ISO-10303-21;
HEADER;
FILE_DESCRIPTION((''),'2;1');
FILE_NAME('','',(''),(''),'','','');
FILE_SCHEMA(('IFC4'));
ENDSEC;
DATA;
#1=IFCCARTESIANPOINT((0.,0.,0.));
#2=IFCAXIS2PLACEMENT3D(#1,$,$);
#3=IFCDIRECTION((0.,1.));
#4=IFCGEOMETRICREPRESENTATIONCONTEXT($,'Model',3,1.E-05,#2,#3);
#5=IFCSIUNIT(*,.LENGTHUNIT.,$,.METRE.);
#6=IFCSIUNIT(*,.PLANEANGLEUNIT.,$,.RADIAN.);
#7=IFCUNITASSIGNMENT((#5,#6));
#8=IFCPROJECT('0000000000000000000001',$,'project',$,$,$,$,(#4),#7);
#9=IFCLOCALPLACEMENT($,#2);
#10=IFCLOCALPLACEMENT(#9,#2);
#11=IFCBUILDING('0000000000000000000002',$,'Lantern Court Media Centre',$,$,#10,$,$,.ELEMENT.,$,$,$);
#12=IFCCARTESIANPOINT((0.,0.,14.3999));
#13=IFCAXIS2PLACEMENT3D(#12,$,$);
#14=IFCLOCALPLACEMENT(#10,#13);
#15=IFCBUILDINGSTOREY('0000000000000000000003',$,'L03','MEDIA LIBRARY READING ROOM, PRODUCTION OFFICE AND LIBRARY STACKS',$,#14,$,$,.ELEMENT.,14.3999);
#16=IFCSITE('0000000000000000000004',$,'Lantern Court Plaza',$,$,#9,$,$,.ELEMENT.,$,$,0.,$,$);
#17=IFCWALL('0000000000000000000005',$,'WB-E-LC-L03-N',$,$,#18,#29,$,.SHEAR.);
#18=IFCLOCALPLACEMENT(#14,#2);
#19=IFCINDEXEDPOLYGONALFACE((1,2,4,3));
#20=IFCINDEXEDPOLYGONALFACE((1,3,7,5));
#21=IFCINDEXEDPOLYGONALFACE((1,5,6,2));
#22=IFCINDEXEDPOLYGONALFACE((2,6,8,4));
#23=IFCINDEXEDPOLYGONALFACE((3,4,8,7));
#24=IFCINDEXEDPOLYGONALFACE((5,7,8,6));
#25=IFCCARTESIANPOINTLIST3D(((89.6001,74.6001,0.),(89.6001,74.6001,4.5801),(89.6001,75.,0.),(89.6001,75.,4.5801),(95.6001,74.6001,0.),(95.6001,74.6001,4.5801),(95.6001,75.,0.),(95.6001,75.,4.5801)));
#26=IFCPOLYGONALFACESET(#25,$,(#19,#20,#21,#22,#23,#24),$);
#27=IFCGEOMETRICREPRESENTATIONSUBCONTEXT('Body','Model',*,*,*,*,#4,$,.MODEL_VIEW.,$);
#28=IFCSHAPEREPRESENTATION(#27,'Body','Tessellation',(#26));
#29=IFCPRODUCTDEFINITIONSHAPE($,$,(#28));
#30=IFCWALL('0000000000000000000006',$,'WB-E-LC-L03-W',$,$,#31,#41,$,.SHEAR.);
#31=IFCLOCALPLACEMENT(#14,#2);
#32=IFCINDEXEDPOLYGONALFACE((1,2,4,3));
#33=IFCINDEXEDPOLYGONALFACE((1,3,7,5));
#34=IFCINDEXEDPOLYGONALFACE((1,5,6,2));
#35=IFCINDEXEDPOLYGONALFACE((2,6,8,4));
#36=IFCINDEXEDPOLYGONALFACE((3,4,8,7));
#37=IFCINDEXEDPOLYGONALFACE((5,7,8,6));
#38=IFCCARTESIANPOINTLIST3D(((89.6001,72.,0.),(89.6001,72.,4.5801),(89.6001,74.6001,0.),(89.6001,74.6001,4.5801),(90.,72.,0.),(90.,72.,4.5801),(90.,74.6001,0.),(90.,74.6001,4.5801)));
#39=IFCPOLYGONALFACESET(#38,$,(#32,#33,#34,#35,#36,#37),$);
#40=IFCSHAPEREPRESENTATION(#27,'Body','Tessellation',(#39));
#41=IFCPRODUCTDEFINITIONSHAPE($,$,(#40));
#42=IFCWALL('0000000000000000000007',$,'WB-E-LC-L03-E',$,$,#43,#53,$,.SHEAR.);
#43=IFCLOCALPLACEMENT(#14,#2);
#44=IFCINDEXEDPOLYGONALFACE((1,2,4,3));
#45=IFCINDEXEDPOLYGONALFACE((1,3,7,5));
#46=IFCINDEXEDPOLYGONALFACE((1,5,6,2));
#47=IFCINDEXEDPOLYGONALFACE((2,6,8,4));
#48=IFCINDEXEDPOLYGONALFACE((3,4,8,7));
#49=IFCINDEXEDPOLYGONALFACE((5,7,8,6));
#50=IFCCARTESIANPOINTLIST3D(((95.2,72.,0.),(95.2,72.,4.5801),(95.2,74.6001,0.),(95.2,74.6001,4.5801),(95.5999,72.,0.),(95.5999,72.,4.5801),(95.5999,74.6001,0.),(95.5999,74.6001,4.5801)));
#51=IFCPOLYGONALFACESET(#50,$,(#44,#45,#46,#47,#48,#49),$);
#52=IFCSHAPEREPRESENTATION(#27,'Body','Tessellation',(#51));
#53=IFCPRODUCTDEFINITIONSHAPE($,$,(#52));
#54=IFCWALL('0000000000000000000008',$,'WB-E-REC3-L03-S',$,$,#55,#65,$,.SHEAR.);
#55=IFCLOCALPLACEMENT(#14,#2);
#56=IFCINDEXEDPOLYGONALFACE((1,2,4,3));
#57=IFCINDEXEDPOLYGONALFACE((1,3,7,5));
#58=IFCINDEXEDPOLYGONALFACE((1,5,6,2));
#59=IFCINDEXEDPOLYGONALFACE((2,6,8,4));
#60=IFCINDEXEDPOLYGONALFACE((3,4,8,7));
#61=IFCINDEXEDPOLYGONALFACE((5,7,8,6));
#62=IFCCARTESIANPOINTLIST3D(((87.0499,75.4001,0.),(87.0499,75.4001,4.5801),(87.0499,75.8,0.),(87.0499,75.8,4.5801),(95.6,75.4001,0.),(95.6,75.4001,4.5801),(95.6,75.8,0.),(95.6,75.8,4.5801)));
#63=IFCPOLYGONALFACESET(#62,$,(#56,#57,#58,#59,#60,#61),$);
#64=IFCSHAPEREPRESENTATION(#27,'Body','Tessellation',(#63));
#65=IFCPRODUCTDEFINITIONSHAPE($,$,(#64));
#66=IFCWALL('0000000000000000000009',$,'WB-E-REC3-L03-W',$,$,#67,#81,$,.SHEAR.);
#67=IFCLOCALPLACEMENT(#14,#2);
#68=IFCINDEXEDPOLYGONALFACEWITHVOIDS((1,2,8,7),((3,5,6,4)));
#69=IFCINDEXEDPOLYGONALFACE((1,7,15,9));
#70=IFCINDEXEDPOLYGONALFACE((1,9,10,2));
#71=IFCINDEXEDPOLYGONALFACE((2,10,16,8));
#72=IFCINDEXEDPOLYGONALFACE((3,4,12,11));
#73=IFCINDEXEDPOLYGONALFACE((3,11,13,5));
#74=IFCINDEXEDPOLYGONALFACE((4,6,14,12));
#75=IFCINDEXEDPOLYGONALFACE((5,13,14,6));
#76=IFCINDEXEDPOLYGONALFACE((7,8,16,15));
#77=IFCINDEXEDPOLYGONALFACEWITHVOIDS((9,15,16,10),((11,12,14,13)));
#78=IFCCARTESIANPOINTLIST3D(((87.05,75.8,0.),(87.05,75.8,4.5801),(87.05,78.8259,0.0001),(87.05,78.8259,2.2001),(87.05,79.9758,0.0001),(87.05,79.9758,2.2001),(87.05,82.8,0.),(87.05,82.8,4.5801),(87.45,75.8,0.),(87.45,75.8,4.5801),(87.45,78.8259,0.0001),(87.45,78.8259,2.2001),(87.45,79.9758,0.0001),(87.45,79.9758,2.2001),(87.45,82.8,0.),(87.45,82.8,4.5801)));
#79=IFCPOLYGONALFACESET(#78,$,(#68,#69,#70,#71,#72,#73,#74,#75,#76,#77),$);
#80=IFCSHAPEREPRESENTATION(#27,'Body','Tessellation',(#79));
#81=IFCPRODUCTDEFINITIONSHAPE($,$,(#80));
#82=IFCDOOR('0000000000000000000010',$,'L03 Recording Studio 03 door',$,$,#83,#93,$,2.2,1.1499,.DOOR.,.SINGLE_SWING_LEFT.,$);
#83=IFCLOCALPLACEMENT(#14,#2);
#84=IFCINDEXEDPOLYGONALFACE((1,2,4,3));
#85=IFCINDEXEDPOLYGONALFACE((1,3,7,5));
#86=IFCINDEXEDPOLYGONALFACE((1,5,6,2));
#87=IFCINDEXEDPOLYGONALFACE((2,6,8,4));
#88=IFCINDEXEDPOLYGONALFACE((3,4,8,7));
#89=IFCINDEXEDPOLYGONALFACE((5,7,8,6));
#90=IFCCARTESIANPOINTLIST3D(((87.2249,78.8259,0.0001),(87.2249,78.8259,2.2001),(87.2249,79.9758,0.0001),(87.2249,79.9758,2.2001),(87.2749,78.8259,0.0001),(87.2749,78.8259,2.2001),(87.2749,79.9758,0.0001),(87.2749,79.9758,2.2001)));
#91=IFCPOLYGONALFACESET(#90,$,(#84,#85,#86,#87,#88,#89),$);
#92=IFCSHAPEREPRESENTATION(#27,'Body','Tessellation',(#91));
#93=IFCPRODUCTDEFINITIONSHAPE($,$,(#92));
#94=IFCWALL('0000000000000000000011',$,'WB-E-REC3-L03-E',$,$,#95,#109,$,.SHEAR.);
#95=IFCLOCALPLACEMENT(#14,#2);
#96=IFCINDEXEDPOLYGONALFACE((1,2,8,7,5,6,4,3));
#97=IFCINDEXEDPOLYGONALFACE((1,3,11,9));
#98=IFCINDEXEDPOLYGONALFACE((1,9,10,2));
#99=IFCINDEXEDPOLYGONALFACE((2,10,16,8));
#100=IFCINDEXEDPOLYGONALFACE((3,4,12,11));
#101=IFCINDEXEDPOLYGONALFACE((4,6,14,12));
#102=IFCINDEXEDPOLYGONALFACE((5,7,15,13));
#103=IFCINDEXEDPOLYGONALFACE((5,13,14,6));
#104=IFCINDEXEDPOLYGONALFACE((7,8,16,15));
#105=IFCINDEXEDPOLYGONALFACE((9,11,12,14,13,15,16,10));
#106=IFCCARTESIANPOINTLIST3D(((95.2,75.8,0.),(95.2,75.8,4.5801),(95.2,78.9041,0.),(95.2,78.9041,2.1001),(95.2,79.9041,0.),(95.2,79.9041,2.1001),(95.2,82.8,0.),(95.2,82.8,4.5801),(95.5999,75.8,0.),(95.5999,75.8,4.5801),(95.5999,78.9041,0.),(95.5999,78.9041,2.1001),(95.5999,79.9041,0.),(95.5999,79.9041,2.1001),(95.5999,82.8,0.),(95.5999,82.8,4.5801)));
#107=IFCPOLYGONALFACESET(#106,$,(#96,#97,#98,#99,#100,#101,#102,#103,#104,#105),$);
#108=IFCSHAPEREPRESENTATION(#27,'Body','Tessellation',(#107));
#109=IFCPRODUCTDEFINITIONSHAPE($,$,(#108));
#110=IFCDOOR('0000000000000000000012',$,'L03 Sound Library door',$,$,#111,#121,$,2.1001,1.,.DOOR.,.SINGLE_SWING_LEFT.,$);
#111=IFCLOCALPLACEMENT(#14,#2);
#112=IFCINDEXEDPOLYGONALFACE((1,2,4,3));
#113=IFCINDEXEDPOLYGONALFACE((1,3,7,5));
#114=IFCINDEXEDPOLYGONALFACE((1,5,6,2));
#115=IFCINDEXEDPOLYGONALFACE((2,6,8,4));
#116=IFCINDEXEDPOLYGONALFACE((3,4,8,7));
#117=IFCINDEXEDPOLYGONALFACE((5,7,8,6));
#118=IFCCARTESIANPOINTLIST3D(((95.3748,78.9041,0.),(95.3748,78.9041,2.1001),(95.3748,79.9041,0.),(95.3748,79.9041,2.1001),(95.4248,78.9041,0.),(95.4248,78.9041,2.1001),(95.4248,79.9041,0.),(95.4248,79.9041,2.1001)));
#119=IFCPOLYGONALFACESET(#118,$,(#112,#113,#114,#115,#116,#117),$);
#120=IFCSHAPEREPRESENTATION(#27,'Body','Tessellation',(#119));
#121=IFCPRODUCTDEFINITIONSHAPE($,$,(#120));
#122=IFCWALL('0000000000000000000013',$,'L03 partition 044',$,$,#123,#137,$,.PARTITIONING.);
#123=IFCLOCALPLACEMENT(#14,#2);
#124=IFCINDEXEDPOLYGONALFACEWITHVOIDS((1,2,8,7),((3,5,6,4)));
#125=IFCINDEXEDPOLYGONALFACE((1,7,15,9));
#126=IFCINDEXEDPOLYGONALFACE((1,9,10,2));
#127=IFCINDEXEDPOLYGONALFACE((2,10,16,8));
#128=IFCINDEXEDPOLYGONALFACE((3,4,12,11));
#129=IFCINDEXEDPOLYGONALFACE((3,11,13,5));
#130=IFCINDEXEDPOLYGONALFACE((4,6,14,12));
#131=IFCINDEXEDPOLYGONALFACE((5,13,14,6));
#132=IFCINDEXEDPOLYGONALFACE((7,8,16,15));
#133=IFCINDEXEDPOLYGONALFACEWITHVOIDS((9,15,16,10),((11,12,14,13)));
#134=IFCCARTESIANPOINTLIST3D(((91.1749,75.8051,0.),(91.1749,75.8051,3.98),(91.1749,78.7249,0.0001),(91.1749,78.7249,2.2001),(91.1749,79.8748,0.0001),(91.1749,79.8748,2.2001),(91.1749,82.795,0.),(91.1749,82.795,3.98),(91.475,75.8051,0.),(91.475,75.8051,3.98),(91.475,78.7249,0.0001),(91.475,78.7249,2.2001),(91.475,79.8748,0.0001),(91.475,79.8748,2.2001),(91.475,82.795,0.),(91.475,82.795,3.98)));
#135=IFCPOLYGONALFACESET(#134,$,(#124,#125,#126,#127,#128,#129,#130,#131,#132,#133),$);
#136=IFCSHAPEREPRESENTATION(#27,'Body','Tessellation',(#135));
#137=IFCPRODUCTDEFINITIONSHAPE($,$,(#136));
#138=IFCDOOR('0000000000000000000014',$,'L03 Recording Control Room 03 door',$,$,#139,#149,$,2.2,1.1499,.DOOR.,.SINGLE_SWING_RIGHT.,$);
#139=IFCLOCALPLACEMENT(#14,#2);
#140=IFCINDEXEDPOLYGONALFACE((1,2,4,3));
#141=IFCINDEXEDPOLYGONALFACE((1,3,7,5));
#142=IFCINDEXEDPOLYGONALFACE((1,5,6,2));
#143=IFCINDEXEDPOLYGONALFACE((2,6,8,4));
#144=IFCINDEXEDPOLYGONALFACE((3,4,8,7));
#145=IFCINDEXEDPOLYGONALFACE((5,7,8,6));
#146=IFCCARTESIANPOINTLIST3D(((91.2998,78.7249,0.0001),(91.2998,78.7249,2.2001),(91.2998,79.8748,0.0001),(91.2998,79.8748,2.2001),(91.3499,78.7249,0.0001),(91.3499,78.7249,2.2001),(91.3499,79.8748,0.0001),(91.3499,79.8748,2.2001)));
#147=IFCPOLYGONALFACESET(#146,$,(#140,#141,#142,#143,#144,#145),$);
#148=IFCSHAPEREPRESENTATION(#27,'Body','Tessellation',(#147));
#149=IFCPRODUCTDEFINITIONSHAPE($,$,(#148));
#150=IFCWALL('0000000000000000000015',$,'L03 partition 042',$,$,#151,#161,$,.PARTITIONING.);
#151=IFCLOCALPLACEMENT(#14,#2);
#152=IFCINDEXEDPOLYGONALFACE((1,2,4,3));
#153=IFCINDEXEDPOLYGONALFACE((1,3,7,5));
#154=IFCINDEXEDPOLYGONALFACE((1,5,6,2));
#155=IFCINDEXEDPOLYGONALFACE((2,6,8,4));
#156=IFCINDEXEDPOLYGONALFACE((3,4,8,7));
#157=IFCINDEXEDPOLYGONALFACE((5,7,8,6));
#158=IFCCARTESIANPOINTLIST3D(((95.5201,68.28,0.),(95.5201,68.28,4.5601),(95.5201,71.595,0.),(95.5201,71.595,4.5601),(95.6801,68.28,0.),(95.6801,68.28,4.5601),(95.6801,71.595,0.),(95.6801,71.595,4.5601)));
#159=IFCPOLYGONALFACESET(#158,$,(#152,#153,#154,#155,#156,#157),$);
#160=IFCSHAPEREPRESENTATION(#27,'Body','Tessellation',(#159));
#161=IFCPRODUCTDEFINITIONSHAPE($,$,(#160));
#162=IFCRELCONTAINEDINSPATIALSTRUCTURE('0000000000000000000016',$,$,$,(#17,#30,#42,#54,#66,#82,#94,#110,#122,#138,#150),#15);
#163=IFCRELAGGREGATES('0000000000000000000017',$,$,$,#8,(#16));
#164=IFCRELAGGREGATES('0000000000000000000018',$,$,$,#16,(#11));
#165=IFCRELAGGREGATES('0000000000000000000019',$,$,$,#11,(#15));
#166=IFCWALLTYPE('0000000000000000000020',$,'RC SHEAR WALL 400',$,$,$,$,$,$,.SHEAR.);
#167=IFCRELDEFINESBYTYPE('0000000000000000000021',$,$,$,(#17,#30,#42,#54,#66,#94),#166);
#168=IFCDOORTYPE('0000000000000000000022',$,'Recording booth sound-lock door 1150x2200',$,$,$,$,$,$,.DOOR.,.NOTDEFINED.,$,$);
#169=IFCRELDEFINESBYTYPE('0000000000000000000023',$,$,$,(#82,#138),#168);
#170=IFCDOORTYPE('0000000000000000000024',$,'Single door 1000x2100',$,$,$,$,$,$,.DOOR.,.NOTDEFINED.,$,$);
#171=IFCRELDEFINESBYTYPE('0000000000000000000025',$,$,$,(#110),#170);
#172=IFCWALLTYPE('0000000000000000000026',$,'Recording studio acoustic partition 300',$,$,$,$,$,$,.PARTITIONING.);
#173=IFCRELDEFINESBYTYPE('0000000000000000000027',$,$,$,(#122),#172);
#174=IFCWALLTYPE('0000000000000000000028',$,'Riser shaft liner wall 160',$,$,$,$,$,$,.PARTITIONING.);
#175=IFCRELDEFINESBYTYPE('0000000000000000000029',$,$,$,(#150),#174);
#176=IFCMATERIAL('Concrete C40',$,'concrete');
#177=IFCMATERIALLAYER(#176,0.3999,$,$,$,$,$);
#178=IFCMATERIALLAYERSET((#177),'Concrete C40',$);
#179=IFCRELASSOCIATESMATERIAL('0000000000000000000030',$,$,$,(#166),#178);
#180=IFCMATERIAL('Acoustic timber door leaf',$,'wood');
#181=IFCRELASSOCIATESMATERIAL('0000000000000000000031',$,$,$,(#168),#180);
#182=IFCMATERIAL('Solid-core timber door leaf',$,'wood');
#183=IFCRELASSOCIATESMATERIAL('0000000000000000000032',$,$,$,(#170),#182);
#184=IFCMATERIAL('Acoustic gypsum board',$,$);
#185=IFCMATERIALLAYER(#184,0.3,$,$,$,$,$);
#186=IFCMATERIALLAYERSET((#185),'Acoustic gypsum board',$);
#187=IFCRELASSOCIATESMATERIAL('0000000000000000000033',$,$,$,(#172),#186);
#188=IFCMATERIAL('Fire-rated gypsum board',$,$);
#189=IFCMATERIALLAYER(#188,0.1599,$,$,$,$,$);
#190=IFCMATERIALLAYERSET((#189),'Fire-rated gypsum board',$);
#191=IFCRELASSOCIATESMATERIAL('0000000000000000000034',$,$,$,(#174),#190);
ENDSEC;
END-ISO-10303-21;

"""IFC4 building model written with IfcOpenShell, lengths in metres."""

from ifc_helpers import new_model, si_unit, direction, frame, frame_2d, origin, place, context, subcontext, project, spatial, rectangle, extrude, material, layer, layer_set, type_object, element, fill, save


model = new_model("IFC4")

# Units and contexts
model_context = context("Model", 3, precision=1e-05, world=origin(), true_north=direction((0.0, 1.0)))
body_context = subcontext(model_context, "Body", "Model", "MODEL_VIEW")
ifc_project = project(units=[si_unit("LENGTHUNIT", "METRE"), si_unit("PLANEANGLEUNIT", "RADIAN")], contexts=[model_context])

# Site, building, storey
site_placement = place(None, origin())
site = spatial("IfcSite", under=ifc_project, at=site_placement, Name="Lantern Court Plaza", CompositionType="ELEMENT", RefElevation=0.0)
building_placement = place(site_placement, origin())
building = spatial("IfcBuilding", under=site, at=building_placement, Name="Lantern Court Media Centre", CompositionType="ELEMENT")
storey_placement = place(building_placement, frame((0.0, 0.0, 14.3999)))
storey = spatial("IfcBuildingStorey", under=building, at=storey_placement, Name="L03", Description="MEDIA LIBRARY READING ROOM, PRODUCTION OFFICE AND LIBRARY STACKS", CompositionType="ELEMENT", Elevation=14.3999)

# Shared definitions
ifc_material_1 = material(Name="Solid-core timber door leaf", Category="wood")

# Shared definitions
ifc_material_2 = material(Name="Concrete C40", Category="concrete")

# Shared definitions
ifc_layer_1 = layer(ifc_material_2, 0.3999)
ifc_layer_set_1 = layer_set([ifc_layer_1], Name="Concrete C40")
wall_type_1 = type_object("IfcWallType", Name="RC SHEAR WALL 400", PredefinedType="SHEAR", material=ifc_layer_set_1)

# Walls
wall_1_placement = place(storey_placement, frame((89.6001, 74.8, 0.0), z_axis=(0.0, 0.0, 1.0), x_axis=(1.0, 0.0, 0.0)))
element("IfcWall", 1, at=wall_1_placement, inside=storey, type_object=wall_type_1, Name="WB-E-LC-L03-N", PredefinedType="SHEAR", context=body_context, shape_type="SweptSolid", body=[
    extrude(rectangle(XDim=6.0, YDim=0.3999, at=frame_2d((3.0, 0.0))), origin(), (0.0, 0.0, 1.0), 4.5801),
])
for number, where, z_axis, x_axis, name in (
    (2, (89.8, 72.0, 0.0), (0.0, 0.0, 1.0), (0.0, 1.0, 0.0), "WB-E-LC-L03-W"),
    (3, (95.3999, 72.0, 0.0), (0.0, 0.0, 1.0), (0.0, 1.0, 0.0), "WB-E-LC-L03-E"),
):
    element("IfcWall", number, at=place(storey_placement, frame(where, z_axis=z_axis, x_axis=x_axis)), inside=storey, type_object=wall_type_1, Name=name, PredefinedType="SHEAR", context=body_context, shape_type="SweptSolid", body=[
        extrude(rectangle(XDim=2.6001, YDim=0.3999, at=frame_2d((1.3, 0.0))), origin(), (0.0, 0.0, 1.0), 4.5801),
    ])
wall_2_placement = place(storey_placement, frame((87.05, 75.6001, 0.0), z_axis=(0.0, 0.0, 1.0), x_axis=(1.0, 0.0, 0.0)))
element("IfcWall", 4, at=wall_2_placement, inside=storey, type_object=wall_type_1, Name="WB-E-REC3-L03-S", PredefinedType="SHEAR", context=body_context, shape_type="SweptSolid", body=[
    extrude(rectangle(XDim=8.55, YDim=0.3999, at=frame_2d((4.2749, 0.0))), origin(), (0.0, 0.0, 1.0), 4.5801),
])

# Walls, openings, doors
wall_3_placement = place(storey_placement, frame((87.25, 75.8, 0.0), z_axis=(0.0, 0.0, 1.0), x_axis=(0.0, 1.0, 0.0)))
wall_3 = element("IfcWall", 5, at=wall_3_placement, inside=storey, type_object=wall_type_1, Name="WB-E-REC3-L03-W", PredefinedType="SHEAR", context=body_context, shape_type="SweptSolid", body=[
    extrude(rectangle(XDim=7.0, YDim=0.3999, at=frame_2d((3.5, 0.0))), origin(), (0.0, 0.0, 1.0), 4.5801),
])
opening_1_placement = place(wall_3_placement, frame((3.0259, 0.0, 0.0)))
opening_1 = element("IfcOpeningElement", 6, at=opening_1_placement, cuts=wall_3, PredefinedType="OPENING", context=body_context, shape_type="SweptSolid", body=[
    extrude(rectangle(XDim=1.1499, YDim=2.2, at=frame_2d((0.575, 1.1001))), frame((0.0, 0.21, 0.0), z_axis=(0.0, -1.0, 0.0), x_axis=(1.0, 0.0, 0.0)), (0.0, 0.0, 1.0), 0.4199),
])
ifc_material_3 = material(Name="Acoustic timber door leaf", Category="wood")
door_type_1 = type_object("IfcDoorType", Name="Recording booth sound-lock door 1150x2200", OperationType="NOTDEFINED", PredefinedType="DOOR", material=ifc_material_3)
door_1_placement = place(opening_1_placement, frame((1.1499, 0.0, 0.0), z_axis=(0.0, 0.0, 1.0), x_axis=(-1.0, 0.0, 0.0)))
door_1 = element("IfcDoor", 7, at=door_1_placement, inside=storey, type_object=door_type_1, Name="L03 Recording Studio 03 door", OperationType="SINGLE_SWING_LEFT", OverallHeight=2.2, OverallWidth=1.1499, PredefinedType="DOOR", context=body_context, shape_type="SweptSolid", body=[
    extrude(rectangle(XDim=1.1499, YDim=2.2, at=frame_2d((0.575, 1.1001))), frame((0.0, 0.0249, 0.0), z_axis=(0.0, -1.0, 0.0), x_axis=(1.0, 0.0, 0.0)), (0.0, 0.0, 1.0), 0.05),
])
fill(opening_1, door_1)
wall_4_placement = place(storey_placement, frame((95.3999, 75.8, 0.0), z_axis=(0.0, 0.0, 1.0), x_axis=(0.0, 1.0, 0.0)))
wall_4 = element("IfcWall", 8, at=wall_4_placement, inside=storey, type_object=wall_type_1, Name="WB-E-REC3-L03-E", PredefinedType="SHEAR", context=body_context, shape_type="SweptSolid", body=[
    extrude(rectangle(XDim=7.0, YDim=0.3999, at=frame_2d((3.5, 0.0))), origin(), (0.0, 0.0, 1.0), 4.5801),
])
opening_2_placement = place(wall_4_placement, frame((3.104, 0.0, 0.0)))
opening_2 = element("IfcOpeningElement", 9, at=opening_2_placement, cuts=wall_4, PredefinedType="OPENING", context=body_context, shape_type="SweptSolid", body=[
    extrude(rectangle(XDim=1.0, YDim=2.1001, at=frame_2d((0.5, 1.05))), frame((0.0, 0.21, 0.0), z_axis=(0.0, -1.0, 0.0), x_axis=(1.0, 0.0, 0.0)), (0.0, 0.0, 1.0), 0.4199),
])
door_type_2 = type_object("IfcDoorType", Name="Single door 1000x2100", OperationType="NOTDEFINED", PredefinedType="DOOR", material=ifc_material_1)
door_2_placement = place(opening_2_placement, frame((1.0, 0.0, 0.0), z_axis=(0.0, 0.0, 1.0), x_axis=(-1.0, 0.0, 0.0)))
door_2 = element("IfcDoor", 10, at=door_2_placement, inside=storey, type_object=door_type_2, Name="L03 Sound Library door", OperationType="SINGLE_SWING_LEFT", OverallHeight=2.1001, OverallWidth=1.0, PredefinedType="DOOR", context=body_context, shape_type="SweptSolid", body=[
    extrude(rectangle(XDim=1.0, YDim=2.1001, at=frame_2d((0.5, 1.05))), frame((0.0, 0.0249, 0.0), z_axis=(0.0, -1.0, 0.0), x_axis=(1.0, 0.0, 0.0)), (0.0, 0.0, 1.0), 0.05),
])
fill(opening_2, door_2)
ifc_material_4 = material(Name="Acoustic gypsum board")
ifc_layer_2 = layer(ifc_material_4, 0.3)
ifc_layer_set_2 = layer_set([ifc_layer_2], Name="Acoustic gypsum board")
wall_type_2 = type_object("IfcWallType", Name="Recording studio acoustic partition 300", PredefinedType="PARTITIONING", material=ifc_layer_set_2)
wall_5_placement = place(storey_placement, frame((91.325, 75.8049, 0.0), z_axis=(0.0, 0.0, 1.0), x_axis=(0.0, 1.0, 0.0)))
wall_5 = element("IfcWall", 11, at=wall_5_placement, inside=storey, type_object=wall_type_2, Name="L03 partition 044", PredefinedType="PARTITIONING", context=body_context, shape_type="SweptSolid", body=[
    extrude(rectangle(XDim=6.99, YDim=0.3, at=frame_2d((3.4951, 0.0))), origin(), (0.0, 0.0, 1.0), 3.98),
])
opening_3_placement = place(wall_5_placement, frame((2.9199, 0.0, 0.0)))
opening_3 = element("IfcOpeningElement", 12, at=opening_3_placement, cuts=wall_5, PredefinedType="OPENING", context=body_context, shape_type="SweptSolid", body=[
    extrude(rectangle(XDim=1.1499, YDim=2.2, at=frame_2d((0.575, 1.1001))), frame((0.0, 0.1599, 0.0), z_axis=(0.0, -1.0, 0.0), x_axis=(1.0, 0.0, 0.0)), (0.0, 0.0, 1.0), 0.3201),
])
door_3_placement = place(opening_3_placement, frame((1.1499, 0.0, 0.0), z_axis=(0.0, 0.0, 1.0), x_axis=(-1.0, 0.0, 0.0)))
door_3 = element("IfcDoor", 13, at=door_3_placement, inside=storey, type_object=door_type_1, Name="L03 Recording Control Room 03 door", OperationType="SINGLE_SWING_RIGHT", OverallHeight=2.2, OverallWidth=1.1499, PredefinedType="DOOR", context=body_context, shape_type="SweptSolid", body=[
    extrude(rectangle(XDim=1.1499, YDim=2.2, at=frame_2d((0.575, 1.1001))), frame((0.0, 0.0249, 0.0), z_axis=(0.0, -1.0, 0.0), x_axis=(1.0, 0.0, 0.0)), (0.0, 0.0, 1.0), 0.05),
])
fill(opening_3, door_3)

# Wall
ifc_material_5 = material(Name="Fire-rated gypsum board")
ifc_layer_3 = layer(ifc_material_5, 0.1599)
ifc_layer_set_3 = layer_set([ifc_layer_3], Name="Fire-rated gypsum board")
wall_type_3 = type_object("IfcWallType", Name="Riser shaft liner wall 160", PredefinedType="PARTITIONING", material=ifc_layer_set_3)
wall_6_placement = place(storey_placement, frame((95.6001, 68.28, 0.0), z_axis=(0.0, 0.0, 1.0), x_axis=(0.0, 1.0, 0.0)))
element("IfcWall", 14, at=wall_6_placement, inside=storey, type_object=wall_type_3, Name="L03 partition 042", PredefinedType="PARTITIONING", context=body_context, shape_type="SweptSolid", body=[
    extrude(rectangle(XDim=3.3149, YDim=0.1599, at=frame_2d((1.6575, 0.0))), origin(), (0.0, 0.0, 1.0), 4.5601),
])

save(model, "model.ifc")
